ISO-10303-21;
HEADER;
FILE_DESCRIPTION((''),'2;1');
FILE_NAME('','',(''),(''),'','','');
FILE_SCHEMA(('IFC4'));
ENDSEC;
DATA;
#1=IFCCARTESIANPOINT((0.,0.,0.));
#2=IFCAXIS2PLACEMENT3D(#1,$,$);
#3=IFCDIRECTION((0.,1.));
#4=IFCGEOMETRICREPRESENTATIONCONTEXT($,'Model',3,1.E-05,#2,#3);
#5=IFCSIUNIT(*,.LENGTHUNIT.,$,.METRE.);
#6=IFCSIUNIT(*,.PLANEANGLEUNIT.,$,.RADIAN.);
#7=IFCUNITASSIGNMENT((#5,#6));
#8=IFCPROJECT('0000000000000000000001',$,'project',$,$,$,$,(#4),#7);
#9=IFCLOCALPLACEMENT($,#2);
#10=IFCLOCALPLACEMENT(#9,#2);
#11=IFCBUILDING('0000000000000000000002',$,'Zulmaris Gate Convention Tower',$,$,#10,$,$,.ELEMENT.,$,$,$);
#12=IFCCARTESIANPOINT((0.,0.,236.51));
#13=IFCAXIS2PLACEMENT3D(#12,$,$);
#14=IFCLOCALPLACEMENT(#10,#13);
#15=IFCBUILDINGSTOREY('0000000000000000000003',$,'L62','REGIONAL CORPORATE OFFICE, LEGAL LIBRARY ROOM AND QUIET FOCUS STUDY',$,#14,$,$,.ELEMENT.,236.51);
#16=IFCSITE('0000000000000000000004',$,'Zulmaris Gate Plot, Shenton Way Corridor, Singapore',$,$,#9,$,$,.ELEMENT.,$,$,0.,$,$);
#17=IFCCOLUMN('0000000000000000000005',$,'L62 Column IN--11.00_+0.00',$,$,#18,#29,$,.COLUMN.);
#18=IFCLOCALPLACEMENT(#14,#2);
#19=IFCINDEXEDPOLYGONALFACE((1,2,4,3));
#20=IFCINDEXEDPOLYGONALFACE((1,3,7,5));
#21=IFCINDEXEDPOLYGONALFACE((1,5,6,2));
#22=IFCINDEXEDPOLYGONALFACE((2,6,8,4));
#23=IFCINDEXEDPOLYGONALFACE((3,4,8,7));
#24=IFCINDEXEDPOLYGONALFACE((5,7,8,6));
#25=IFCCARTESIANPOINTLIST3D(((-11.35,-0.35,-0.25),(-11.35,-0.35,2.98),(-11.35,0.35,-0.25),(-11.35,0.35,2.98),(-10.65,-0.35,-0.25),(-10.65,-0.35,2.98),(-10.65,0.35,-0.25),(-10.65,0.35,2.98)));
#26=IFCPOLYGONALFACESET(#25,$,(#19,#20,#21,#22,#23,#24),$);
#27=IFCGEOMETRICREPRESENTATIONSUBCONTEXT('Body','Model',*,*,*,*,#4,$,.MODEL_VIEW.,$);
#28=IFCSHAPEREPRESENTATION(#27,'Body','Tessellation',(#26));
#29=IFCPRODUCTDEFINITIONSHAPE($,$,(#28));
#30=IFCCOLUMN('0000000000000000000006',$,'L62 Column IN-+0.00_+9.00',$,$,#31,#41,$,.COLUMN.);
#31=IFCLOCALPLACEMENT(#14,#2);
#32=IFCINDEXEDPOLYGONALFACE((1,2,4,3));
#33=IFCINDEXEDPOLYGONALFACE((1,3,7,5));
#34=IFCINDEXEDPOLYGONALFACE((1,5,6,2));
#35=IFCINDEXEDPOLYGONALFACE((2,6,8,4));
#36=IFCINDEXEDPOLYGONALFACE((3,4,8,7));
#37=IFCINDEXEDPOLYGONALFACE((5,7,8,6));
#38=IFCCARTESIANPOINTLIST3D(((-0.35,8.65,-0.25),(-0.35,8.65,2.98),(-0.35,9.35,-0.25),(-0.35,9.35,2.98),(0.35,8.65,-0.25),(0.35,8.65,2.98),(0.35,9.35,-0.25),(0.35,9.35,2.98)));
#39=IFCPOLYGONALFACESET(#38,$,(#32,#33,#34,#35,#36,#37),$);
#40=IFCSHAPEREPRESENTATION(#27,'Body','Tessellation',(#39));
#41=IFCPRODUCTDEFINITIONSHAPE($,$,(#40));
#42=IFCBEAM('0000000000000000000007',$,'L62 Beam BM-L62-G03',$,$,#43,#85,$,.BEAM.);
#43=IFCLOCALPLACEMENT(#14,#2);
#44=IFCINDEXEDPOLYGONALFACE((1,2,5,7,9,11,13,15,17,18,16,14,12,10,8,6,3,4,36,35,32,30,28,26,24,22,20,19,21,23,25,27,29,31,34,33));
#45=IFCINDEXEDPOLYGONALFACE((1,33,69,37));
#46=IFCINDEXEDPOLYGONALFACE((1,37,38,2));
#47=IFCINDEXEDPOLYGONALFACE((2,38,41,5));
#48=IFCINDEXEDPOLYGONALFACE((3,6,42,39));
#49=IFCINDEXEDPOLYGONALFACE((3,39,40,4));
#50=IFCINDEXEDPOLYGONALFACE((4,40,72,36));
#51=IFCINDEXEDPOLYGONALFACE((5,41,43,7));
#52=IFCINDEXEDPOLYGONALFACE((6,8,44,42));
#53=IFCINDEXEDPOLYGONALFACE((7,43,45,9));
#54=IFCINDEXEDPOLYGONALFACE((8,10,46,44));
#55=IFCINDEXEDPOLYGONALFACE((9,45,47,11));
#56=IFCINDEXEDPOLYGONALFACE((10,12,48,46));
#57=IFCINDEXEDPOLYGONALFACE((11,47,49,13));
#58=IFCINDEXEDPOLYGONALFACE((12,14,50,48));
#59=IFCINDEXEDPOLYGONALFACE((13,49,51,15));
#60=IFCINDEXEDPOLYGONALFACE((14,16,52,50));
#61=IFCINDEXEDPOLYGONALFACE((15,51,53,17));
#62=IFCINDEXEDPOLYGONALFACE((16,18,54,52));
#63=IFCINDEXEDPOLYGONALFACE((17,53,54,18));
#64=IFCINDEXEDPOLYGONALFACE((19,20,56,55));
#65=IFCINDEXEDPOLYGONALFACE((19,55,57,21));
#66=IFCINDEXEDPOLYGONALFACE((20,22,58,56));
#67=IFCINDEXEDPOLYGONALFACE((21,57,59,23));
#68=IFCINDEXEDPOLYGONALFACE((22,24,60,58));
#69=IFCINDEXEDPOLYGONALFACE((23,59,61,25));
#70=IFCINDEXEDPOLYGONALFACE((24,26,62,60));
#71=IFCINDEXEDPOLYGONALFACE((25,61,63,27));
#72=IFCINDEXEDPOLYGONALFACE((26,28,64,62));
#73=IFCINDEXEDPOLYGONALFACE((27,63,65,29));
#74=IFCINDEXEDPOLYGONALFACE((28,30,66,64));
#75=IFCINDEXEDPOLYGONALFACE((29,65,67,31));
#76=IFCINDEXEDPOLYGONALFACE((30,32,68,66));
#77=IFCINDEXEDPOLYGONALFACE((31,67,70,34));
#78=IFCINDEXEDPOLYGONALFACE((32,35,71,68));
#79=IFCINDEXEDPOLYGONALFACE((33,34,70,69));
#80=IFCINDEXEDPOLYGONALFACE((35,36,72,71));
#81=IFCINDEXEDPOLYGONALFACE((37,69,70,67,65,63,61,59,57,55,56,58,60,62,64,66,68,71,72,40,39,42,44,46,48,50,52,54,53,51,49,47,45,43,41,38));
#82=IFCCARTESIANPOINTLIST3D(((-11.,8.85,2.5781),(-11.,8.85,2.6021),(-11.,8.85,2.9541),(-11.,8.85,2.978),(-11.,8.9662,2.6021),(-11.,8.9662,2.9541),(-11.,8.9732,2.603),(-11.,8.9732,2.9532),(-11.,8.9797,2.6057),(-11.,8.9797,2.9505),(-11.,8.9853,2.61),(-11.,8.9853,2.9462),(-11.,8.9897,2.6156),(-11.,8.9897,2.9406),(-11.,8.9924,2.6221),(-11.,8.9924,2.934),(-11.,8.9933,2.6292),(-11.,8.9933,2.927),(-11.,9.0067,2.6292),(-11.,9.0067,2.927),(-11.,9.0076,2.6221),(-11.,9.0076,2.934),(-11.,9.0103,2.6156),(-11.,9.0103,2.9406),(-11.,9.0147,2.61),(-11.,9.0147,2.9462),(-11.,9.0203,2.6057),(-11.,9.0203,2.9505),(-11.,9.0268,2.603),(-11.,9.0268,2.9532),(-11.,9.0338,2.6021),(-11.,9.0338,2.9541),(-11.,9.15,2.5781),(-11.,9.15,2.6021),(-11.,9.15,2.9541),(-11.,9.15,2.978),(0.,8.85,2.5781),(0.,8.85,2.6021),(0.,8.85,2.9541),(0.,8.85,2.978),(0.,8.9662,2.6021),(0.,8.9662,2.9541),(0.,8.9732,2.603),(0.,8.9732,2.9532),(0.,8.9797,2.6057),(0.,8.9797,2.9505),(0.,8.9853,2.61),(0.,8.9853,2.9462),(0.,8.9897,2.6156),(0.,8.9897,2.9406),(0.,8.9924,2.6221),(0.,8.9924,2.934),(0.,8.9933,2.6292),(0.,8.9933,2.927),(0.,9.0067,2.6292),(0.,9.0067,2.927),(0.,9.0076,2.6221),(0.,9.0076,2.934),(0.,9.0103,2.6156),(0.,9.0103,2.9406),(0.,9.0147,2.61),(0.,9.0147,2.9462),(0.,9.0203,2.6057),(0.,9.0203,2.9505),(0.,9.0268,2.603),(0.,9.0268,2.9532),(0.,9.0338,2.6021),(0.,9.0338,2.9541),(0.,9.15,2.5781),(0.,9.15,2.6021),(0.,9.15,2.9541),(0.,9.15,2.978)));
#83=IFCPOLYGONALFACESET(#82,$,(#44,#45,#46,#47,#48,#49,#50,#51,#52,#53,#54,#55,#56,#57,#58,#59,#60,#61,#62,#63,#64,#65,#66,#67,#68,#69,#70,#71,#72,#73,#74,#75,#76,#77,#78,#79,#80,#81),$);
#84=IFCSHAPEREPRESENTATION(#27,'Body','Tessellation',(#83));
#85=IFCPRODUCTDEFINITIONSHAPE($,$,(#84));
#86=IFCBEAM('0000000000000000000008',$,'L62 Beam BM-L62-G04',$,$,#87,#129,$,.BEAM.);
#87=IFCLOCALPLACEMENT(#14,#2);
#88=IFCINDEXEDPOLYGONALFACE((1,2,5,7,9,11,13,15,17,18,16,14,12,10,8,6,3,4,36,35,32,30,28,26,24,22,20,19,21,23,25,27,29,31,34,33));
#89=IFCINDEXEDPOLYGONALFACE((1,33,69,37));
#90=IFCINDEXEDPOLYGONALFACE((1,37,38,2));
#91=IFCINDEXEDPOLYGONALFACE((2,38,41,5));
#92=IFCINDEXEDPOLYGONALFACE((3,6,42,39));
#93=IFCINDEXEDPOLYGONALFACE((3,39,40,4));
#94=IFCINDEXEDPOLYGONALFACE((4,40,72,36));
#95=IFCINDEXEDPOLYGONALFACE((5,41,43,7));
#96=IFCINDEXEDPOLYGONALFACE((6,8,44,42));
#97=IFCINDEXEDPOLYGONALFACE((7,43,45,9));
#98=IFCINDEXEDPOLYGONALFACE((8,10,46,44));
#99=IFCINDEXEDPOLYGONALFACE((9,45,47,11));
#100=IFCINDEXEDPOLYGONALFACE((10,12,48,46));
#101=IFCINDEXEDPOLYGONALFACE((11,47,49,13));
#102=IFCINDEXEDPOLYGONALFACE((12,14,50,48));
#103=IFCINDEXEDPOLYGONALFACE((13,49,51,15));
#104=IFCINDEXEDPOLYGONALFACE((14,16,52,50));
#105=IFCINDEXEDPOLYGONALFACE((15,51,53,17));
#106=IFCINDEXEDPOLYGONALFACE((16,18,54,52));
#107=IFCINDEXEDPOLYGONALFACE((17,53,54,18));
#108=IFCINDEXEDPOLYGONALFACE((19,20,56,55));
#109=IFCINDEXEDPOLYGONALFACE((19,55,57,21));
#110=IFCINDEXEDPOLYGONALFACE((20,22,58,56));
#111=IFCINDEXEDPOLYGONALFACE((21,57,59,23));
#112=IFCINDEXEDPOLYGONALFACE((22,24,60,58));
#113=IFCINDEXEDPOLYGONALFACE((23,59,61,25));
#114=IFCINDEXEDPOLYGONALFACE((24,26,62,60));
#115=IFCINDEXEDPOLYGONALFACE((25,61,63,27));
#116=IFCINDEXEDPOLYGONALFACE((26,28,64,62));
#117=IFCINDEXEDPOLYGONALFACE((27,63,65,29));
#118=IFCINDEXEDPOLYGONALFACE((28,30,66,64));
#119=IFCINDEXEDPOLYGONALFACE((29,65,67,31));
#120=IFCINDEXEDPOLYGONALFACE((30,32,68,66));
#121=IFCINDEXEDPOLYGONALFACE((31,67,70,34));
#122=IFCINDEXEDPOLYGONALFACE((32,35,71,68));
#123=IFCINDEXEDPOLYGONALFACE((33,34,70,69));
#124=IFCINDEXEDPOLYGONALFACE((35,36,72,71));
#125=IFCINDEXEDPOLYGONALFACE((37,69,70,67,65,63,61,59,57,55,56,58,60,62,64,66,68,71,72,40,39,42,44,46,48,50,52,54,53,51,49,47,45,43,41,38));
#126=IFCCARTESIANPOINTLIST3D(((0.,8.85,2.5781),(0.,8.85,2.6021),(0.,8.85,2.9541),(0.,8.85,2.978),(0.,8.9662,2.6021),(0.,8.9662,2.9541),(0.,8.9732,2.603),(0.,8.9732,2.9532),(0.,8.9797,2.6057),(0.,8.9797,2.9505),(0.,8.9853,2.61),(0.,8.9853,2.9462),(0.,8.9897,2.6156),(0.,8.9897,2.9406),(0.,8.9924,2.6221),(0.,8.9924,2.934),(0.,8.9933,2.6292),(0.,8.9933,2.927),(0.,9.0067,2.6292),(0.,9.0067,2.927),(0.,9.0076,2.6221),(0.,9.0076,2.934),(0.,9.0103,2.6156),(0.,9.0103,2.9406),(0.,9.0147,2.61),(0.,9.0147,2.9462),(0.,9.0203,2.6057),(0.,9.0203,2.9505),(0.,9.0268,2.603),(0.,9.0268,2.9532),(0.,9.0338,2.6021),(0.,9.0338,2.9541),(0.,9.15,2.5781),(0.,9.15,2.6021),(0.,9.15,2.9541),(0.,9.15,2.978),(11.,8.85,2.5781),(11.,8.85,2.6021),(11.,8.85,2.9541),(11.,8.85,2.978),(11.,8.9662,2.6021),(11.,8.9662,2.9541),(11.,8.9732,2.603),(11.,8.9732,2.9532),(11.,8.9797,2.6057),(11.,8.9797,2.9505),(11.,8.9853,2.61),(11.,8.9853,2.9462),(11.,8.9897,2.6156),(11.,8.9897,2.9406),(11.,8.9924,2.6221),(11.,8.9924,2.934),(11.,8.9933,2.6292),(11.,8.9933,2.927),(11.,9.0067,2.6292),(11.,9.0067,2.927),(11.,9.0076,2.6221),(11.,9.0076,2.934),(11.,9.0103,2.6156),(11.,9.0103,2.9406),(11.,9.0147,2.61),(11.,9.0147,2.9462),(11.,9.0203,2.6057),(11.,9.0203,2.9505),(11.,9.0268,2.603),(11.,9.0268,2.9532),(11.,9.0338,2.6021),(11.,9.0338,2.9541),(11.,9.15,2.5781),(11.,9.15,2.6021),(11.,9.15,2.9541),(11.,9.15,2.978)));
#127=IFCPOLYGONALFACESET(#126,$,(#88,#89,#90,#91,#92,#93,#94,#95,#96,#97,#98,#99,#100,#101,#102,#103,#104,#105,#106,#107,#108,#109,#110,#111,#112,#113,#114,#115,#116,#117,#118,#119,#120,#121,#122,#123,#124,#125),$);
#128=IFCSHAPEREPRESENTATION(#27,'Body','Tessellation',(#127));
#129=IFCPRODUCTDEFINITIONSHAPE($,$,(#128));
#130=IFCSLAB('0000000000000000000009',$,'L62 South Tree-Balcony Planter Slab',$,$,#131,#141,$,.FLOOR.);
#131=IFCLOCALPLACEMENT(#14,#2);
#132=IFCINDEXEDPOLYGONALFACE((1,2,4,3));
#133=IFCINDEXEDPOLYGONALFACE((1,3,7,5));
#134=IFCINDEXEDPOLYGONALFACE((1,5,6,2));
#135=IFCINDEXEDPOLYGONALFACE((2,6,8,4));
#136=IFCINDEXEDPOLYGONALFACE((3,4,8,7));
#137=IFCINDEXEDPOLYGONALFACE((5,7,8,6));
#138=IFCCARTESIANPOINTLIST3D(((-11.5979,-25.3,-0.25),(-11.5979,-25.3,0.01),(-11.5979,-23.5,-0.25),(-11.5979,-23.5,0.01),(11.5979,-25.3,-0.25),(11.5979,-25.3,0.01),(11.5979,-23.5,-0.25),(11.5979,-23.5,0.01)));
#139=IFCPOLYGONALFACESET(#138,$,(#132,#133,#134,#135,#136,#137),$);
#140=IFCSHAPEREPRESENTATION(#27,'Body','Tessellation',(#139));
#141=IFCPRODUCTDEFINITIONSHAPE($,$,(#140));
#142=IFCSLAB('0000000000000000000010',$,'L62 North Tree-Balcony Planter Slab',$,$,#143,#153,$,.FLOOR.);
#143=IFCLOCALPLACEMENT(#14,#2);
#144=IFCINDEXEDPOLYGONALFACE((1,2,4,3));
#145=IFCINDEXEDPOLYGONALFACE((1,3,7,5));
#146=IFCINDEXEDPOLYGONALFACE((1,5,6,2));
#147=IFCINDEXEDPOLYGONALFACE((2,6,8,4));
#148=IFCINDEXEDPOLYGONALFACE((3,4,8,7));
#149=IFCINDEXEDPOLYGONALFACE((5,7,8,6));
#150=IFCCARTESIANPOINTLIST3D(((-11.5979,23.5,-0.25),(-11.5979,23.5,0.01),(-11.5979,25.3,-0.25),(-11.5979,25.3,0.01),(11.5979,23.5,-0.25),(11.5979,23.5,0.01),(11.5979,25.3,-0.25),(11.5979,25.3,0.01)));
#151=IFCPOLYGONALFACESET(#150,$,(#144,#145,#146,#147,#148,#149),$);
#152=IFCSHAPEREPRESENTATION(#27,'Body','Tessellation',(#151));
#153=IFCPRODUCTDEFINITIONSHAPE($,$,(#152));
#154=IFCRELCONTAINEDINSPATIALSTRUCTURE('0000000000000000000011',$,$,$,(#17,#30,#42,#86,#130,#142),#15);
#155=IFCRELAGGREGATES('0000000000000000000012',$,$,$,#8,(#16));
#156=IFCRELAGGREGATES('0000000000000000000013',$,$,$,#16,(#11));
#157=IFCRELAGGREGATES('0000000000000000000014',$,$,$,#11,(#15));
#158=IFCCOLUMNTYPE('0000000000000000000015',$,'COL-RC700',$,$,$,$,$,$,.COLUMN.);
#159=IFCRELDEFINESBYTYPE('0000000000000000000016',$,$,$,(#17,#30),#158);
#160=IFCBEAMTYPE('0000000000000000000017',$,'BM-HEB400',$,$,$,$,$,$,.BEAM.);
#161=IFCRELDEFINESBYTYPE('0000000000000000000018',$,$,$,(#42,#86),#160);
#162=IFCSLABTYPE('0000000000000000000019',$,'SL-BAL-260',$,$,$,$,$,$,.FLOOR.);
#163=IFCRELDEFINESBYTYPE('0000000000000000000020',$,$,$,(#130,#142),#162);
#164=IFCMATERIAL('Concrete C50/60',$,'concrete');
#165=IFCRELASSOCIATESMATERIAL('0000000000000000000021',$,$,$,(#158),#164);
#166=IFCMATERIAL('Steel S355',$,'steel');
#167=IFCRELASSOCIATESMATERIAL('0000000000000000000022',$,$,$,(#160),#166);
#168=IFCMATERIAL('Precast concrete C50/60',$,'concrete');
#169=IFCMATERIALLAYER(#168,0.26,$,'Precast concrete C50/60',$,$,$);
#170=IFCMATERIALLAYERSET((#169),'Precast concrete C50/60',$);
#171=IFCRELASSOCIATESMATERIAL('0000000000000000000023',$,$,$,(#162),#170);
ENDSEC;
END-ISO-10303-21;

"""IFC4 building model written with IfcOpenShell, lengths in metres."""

from ifc_helpers import new_model, si_unit, direction, frame, origin, origin_2d, place, context, subcontext, project, spatial, polyline, rectangle, i_section, outline, extrude, material, layer, layer_set, material_profile, profile_set, type_object, element, save


model = new_model("IFC4")

# Units and contexts
model_context = context("Model", 3, precision=1e-05, world=origin(), true_north=direction((0.0, 1.0)))
body_context = subcontext(model_context, "Body", "Model", "MODEL_VIEW")
ifc_project = project(units=[si_unit("LENGTHUNIT", "METRE"), si_unit("PLANEANGLEUNIT", "RADIAN")], contexts=[model_context])

# Site, building, storey
site_placement = place(None, origin())
site = spatial("IfcSite", under=ifc_project, at=site_placement, Name="Zulmaris Gate Plot, Shenton Way Corridor, Singapore", CompositionType="ELEMENT", RefElevation=0.0)
building_placement = place(site_placement, origin())
building = spatial("IfcBuilding", under=site, at=building_placement, Name="Zulmaris Gate Convention Tower", CompositionType="ELEMENT")
storey_placement = place(building_placement, frame((0.0, 0.0, 236.51)))
storey = spatial("IfcBuildingStorey", under=building, at=storey_placement, Name="L62", Description="REGIONAL CORPORATE OFFICE, LEGAL LIBRARY ROOM AND QUIET FOCUS STUDY", CompositionType="ELEMENT", Elevation=236.51)

# Columns
ifc_material_1 = material(Name="Concrete C50/60", Category="concrete")
ifc_material_profile_1 = material_profile(ifc_material_1, rectangle(XDim=0.7, YDim=0.7, at=origin_2d()), Name="RC COL 700x700")
ifc_profile_set_1 = profile_set([ifc_material_profile_1], Name="Concrete C50/60")
column_type = type_object("IfcColumnType", Name="COL-RC700", PredefinedType="COLUMN", material=ifc_profile_set_1)
for number, where, z_axis, x_axis, name in (
    (1, (-11.0, 0.0, -0.25), (0.0, 0.0, 1.0), (1.0, 0.0, 0.0), "L62 Column IN--11.00_+0.00"),
    (2, (0.0, 9.0, -0.25), (0.0, 0.0, 1.0), (1.0, 0.0, 0.0), "L62 Column IN-+0.00_+9.00"),
):
    element("IfcColumn", number, at=place(storey_placement, frame(where, z_axis=z_axis, x_axis=x_axis)), inside=storey, type_object=column_type, Name=name, PredefinedType="COLUMN", context=body_context, shape_type="SweptSolid", body=[
        extrude(rectangle(XDim=0.7, YDim=0.7, at=origin_2d()), origin(), (0.0, 0.0, 1.0), 3.23),
    ])

# Beams
ifc_material_2 = material(Name="Steel S355", Category="steel")
ifc_material_profile_2 = material_profile(ifc_material_2, i_section(OverallWidth=0.3, OverallDepth=0.3999, WebThickness=0.0134, FlangeThickness=0.0239, FilletRadius=0.0271, at=origin_2d()), Name="HEB 400")
ifc_profile_set_2 = profile_set([ifc_material_profile_2], Name="Steel S355")
beam_type = type_object("IfcBeamType", Name="BM-HEB400", PredefinedType="BEAM", material=ifc_profile_set_2)
for number, where, z_axis, x_axis, name in (
    (3, (-11.0, 9.0, 2.7781), (1.0, 0.0, 0.0), (0.0, 1.0, 0.0), "L62 Beam BM-L62-G03"),
    (4, (0.0, 9.0, 2.7781), (1.0, 0.0, 0.0), (0.0, 1.0, 0.0), "L62 Beam BM-L62-G04"),
):
    element("IfcBeam", number, at=place(storey_placement, frame(where, z_axis=z_axis, x_axis=x_axis)), inside=storey, type_object=beam_type, Name=name, PredefinedType="BEAM", context=body_context, shape_type="SweptSolid", body=[
        extrude(i_section(OverallWidth=0.3, OverallDepth=0.3999, WebThickness=0.0134, FlangeThickness=0.0239, FilletRadius=0.0271, at=origin_2d()), origin(), (0.0, 0.0, 1.0), 11.0),
    ])

# Slabs
ifc_material_3 = material(Name="Precast concrete C50/60", Category="concrete")
ifc_layer_1 = layer(ifc_material_3, 0.26, Name="Precast concrete C50/60")
ifc_layer_set_1 = layer_set([ifc_layer_1], Name="Precast concrete C50/60")
slab_type_1 = type_object("IfcSlabType", Name="SL-BAL-260", PredefinedType="FLOOR", material=ifc_layer_set_1)
slab_1_placement = place(storey_placement, frame((0.0, 0.0, -0.25)))
element("IfcSlab", 5, at=slab_1_placement, inside=storey, type_object=slab_type_1, Name="L62 South Tree-Balcony Planter Slab", PredefinedType="FLOOR", context=body_context, shape_type="SweptSolid", body=[
    extrude(outline(polyline([(-11.5979, -25.3), (-11.5979, -23.5), (11.5979, -23.5), (11.5979, -25.3), (-11.5979, -25.3)])), origin(), (0.0, 0.0, 1.0), 0.26),
])
slab_2_placement = place(storey_placement, frame((0.0, 0.0, -0.25)))
element("IfcSlab", 6, at=slab_2_placement, inside=storey, type_object=slab_type_1, Name="L62 North Tree-Balcony Planter Slab", PredefinedType="FLOOR", context=body_context, shape_type="SweptSolid", body=[
    extrude(outline(polyline([(11.5979, 25.3), (11.5979, 23.5), (-11.5979, 23.5), (-11.5979, 25.3), (11.5979, 25.3)])), origin(), (0.0, 0.0, 1.0), 0.26),
])

save(model, "model.ifc")
